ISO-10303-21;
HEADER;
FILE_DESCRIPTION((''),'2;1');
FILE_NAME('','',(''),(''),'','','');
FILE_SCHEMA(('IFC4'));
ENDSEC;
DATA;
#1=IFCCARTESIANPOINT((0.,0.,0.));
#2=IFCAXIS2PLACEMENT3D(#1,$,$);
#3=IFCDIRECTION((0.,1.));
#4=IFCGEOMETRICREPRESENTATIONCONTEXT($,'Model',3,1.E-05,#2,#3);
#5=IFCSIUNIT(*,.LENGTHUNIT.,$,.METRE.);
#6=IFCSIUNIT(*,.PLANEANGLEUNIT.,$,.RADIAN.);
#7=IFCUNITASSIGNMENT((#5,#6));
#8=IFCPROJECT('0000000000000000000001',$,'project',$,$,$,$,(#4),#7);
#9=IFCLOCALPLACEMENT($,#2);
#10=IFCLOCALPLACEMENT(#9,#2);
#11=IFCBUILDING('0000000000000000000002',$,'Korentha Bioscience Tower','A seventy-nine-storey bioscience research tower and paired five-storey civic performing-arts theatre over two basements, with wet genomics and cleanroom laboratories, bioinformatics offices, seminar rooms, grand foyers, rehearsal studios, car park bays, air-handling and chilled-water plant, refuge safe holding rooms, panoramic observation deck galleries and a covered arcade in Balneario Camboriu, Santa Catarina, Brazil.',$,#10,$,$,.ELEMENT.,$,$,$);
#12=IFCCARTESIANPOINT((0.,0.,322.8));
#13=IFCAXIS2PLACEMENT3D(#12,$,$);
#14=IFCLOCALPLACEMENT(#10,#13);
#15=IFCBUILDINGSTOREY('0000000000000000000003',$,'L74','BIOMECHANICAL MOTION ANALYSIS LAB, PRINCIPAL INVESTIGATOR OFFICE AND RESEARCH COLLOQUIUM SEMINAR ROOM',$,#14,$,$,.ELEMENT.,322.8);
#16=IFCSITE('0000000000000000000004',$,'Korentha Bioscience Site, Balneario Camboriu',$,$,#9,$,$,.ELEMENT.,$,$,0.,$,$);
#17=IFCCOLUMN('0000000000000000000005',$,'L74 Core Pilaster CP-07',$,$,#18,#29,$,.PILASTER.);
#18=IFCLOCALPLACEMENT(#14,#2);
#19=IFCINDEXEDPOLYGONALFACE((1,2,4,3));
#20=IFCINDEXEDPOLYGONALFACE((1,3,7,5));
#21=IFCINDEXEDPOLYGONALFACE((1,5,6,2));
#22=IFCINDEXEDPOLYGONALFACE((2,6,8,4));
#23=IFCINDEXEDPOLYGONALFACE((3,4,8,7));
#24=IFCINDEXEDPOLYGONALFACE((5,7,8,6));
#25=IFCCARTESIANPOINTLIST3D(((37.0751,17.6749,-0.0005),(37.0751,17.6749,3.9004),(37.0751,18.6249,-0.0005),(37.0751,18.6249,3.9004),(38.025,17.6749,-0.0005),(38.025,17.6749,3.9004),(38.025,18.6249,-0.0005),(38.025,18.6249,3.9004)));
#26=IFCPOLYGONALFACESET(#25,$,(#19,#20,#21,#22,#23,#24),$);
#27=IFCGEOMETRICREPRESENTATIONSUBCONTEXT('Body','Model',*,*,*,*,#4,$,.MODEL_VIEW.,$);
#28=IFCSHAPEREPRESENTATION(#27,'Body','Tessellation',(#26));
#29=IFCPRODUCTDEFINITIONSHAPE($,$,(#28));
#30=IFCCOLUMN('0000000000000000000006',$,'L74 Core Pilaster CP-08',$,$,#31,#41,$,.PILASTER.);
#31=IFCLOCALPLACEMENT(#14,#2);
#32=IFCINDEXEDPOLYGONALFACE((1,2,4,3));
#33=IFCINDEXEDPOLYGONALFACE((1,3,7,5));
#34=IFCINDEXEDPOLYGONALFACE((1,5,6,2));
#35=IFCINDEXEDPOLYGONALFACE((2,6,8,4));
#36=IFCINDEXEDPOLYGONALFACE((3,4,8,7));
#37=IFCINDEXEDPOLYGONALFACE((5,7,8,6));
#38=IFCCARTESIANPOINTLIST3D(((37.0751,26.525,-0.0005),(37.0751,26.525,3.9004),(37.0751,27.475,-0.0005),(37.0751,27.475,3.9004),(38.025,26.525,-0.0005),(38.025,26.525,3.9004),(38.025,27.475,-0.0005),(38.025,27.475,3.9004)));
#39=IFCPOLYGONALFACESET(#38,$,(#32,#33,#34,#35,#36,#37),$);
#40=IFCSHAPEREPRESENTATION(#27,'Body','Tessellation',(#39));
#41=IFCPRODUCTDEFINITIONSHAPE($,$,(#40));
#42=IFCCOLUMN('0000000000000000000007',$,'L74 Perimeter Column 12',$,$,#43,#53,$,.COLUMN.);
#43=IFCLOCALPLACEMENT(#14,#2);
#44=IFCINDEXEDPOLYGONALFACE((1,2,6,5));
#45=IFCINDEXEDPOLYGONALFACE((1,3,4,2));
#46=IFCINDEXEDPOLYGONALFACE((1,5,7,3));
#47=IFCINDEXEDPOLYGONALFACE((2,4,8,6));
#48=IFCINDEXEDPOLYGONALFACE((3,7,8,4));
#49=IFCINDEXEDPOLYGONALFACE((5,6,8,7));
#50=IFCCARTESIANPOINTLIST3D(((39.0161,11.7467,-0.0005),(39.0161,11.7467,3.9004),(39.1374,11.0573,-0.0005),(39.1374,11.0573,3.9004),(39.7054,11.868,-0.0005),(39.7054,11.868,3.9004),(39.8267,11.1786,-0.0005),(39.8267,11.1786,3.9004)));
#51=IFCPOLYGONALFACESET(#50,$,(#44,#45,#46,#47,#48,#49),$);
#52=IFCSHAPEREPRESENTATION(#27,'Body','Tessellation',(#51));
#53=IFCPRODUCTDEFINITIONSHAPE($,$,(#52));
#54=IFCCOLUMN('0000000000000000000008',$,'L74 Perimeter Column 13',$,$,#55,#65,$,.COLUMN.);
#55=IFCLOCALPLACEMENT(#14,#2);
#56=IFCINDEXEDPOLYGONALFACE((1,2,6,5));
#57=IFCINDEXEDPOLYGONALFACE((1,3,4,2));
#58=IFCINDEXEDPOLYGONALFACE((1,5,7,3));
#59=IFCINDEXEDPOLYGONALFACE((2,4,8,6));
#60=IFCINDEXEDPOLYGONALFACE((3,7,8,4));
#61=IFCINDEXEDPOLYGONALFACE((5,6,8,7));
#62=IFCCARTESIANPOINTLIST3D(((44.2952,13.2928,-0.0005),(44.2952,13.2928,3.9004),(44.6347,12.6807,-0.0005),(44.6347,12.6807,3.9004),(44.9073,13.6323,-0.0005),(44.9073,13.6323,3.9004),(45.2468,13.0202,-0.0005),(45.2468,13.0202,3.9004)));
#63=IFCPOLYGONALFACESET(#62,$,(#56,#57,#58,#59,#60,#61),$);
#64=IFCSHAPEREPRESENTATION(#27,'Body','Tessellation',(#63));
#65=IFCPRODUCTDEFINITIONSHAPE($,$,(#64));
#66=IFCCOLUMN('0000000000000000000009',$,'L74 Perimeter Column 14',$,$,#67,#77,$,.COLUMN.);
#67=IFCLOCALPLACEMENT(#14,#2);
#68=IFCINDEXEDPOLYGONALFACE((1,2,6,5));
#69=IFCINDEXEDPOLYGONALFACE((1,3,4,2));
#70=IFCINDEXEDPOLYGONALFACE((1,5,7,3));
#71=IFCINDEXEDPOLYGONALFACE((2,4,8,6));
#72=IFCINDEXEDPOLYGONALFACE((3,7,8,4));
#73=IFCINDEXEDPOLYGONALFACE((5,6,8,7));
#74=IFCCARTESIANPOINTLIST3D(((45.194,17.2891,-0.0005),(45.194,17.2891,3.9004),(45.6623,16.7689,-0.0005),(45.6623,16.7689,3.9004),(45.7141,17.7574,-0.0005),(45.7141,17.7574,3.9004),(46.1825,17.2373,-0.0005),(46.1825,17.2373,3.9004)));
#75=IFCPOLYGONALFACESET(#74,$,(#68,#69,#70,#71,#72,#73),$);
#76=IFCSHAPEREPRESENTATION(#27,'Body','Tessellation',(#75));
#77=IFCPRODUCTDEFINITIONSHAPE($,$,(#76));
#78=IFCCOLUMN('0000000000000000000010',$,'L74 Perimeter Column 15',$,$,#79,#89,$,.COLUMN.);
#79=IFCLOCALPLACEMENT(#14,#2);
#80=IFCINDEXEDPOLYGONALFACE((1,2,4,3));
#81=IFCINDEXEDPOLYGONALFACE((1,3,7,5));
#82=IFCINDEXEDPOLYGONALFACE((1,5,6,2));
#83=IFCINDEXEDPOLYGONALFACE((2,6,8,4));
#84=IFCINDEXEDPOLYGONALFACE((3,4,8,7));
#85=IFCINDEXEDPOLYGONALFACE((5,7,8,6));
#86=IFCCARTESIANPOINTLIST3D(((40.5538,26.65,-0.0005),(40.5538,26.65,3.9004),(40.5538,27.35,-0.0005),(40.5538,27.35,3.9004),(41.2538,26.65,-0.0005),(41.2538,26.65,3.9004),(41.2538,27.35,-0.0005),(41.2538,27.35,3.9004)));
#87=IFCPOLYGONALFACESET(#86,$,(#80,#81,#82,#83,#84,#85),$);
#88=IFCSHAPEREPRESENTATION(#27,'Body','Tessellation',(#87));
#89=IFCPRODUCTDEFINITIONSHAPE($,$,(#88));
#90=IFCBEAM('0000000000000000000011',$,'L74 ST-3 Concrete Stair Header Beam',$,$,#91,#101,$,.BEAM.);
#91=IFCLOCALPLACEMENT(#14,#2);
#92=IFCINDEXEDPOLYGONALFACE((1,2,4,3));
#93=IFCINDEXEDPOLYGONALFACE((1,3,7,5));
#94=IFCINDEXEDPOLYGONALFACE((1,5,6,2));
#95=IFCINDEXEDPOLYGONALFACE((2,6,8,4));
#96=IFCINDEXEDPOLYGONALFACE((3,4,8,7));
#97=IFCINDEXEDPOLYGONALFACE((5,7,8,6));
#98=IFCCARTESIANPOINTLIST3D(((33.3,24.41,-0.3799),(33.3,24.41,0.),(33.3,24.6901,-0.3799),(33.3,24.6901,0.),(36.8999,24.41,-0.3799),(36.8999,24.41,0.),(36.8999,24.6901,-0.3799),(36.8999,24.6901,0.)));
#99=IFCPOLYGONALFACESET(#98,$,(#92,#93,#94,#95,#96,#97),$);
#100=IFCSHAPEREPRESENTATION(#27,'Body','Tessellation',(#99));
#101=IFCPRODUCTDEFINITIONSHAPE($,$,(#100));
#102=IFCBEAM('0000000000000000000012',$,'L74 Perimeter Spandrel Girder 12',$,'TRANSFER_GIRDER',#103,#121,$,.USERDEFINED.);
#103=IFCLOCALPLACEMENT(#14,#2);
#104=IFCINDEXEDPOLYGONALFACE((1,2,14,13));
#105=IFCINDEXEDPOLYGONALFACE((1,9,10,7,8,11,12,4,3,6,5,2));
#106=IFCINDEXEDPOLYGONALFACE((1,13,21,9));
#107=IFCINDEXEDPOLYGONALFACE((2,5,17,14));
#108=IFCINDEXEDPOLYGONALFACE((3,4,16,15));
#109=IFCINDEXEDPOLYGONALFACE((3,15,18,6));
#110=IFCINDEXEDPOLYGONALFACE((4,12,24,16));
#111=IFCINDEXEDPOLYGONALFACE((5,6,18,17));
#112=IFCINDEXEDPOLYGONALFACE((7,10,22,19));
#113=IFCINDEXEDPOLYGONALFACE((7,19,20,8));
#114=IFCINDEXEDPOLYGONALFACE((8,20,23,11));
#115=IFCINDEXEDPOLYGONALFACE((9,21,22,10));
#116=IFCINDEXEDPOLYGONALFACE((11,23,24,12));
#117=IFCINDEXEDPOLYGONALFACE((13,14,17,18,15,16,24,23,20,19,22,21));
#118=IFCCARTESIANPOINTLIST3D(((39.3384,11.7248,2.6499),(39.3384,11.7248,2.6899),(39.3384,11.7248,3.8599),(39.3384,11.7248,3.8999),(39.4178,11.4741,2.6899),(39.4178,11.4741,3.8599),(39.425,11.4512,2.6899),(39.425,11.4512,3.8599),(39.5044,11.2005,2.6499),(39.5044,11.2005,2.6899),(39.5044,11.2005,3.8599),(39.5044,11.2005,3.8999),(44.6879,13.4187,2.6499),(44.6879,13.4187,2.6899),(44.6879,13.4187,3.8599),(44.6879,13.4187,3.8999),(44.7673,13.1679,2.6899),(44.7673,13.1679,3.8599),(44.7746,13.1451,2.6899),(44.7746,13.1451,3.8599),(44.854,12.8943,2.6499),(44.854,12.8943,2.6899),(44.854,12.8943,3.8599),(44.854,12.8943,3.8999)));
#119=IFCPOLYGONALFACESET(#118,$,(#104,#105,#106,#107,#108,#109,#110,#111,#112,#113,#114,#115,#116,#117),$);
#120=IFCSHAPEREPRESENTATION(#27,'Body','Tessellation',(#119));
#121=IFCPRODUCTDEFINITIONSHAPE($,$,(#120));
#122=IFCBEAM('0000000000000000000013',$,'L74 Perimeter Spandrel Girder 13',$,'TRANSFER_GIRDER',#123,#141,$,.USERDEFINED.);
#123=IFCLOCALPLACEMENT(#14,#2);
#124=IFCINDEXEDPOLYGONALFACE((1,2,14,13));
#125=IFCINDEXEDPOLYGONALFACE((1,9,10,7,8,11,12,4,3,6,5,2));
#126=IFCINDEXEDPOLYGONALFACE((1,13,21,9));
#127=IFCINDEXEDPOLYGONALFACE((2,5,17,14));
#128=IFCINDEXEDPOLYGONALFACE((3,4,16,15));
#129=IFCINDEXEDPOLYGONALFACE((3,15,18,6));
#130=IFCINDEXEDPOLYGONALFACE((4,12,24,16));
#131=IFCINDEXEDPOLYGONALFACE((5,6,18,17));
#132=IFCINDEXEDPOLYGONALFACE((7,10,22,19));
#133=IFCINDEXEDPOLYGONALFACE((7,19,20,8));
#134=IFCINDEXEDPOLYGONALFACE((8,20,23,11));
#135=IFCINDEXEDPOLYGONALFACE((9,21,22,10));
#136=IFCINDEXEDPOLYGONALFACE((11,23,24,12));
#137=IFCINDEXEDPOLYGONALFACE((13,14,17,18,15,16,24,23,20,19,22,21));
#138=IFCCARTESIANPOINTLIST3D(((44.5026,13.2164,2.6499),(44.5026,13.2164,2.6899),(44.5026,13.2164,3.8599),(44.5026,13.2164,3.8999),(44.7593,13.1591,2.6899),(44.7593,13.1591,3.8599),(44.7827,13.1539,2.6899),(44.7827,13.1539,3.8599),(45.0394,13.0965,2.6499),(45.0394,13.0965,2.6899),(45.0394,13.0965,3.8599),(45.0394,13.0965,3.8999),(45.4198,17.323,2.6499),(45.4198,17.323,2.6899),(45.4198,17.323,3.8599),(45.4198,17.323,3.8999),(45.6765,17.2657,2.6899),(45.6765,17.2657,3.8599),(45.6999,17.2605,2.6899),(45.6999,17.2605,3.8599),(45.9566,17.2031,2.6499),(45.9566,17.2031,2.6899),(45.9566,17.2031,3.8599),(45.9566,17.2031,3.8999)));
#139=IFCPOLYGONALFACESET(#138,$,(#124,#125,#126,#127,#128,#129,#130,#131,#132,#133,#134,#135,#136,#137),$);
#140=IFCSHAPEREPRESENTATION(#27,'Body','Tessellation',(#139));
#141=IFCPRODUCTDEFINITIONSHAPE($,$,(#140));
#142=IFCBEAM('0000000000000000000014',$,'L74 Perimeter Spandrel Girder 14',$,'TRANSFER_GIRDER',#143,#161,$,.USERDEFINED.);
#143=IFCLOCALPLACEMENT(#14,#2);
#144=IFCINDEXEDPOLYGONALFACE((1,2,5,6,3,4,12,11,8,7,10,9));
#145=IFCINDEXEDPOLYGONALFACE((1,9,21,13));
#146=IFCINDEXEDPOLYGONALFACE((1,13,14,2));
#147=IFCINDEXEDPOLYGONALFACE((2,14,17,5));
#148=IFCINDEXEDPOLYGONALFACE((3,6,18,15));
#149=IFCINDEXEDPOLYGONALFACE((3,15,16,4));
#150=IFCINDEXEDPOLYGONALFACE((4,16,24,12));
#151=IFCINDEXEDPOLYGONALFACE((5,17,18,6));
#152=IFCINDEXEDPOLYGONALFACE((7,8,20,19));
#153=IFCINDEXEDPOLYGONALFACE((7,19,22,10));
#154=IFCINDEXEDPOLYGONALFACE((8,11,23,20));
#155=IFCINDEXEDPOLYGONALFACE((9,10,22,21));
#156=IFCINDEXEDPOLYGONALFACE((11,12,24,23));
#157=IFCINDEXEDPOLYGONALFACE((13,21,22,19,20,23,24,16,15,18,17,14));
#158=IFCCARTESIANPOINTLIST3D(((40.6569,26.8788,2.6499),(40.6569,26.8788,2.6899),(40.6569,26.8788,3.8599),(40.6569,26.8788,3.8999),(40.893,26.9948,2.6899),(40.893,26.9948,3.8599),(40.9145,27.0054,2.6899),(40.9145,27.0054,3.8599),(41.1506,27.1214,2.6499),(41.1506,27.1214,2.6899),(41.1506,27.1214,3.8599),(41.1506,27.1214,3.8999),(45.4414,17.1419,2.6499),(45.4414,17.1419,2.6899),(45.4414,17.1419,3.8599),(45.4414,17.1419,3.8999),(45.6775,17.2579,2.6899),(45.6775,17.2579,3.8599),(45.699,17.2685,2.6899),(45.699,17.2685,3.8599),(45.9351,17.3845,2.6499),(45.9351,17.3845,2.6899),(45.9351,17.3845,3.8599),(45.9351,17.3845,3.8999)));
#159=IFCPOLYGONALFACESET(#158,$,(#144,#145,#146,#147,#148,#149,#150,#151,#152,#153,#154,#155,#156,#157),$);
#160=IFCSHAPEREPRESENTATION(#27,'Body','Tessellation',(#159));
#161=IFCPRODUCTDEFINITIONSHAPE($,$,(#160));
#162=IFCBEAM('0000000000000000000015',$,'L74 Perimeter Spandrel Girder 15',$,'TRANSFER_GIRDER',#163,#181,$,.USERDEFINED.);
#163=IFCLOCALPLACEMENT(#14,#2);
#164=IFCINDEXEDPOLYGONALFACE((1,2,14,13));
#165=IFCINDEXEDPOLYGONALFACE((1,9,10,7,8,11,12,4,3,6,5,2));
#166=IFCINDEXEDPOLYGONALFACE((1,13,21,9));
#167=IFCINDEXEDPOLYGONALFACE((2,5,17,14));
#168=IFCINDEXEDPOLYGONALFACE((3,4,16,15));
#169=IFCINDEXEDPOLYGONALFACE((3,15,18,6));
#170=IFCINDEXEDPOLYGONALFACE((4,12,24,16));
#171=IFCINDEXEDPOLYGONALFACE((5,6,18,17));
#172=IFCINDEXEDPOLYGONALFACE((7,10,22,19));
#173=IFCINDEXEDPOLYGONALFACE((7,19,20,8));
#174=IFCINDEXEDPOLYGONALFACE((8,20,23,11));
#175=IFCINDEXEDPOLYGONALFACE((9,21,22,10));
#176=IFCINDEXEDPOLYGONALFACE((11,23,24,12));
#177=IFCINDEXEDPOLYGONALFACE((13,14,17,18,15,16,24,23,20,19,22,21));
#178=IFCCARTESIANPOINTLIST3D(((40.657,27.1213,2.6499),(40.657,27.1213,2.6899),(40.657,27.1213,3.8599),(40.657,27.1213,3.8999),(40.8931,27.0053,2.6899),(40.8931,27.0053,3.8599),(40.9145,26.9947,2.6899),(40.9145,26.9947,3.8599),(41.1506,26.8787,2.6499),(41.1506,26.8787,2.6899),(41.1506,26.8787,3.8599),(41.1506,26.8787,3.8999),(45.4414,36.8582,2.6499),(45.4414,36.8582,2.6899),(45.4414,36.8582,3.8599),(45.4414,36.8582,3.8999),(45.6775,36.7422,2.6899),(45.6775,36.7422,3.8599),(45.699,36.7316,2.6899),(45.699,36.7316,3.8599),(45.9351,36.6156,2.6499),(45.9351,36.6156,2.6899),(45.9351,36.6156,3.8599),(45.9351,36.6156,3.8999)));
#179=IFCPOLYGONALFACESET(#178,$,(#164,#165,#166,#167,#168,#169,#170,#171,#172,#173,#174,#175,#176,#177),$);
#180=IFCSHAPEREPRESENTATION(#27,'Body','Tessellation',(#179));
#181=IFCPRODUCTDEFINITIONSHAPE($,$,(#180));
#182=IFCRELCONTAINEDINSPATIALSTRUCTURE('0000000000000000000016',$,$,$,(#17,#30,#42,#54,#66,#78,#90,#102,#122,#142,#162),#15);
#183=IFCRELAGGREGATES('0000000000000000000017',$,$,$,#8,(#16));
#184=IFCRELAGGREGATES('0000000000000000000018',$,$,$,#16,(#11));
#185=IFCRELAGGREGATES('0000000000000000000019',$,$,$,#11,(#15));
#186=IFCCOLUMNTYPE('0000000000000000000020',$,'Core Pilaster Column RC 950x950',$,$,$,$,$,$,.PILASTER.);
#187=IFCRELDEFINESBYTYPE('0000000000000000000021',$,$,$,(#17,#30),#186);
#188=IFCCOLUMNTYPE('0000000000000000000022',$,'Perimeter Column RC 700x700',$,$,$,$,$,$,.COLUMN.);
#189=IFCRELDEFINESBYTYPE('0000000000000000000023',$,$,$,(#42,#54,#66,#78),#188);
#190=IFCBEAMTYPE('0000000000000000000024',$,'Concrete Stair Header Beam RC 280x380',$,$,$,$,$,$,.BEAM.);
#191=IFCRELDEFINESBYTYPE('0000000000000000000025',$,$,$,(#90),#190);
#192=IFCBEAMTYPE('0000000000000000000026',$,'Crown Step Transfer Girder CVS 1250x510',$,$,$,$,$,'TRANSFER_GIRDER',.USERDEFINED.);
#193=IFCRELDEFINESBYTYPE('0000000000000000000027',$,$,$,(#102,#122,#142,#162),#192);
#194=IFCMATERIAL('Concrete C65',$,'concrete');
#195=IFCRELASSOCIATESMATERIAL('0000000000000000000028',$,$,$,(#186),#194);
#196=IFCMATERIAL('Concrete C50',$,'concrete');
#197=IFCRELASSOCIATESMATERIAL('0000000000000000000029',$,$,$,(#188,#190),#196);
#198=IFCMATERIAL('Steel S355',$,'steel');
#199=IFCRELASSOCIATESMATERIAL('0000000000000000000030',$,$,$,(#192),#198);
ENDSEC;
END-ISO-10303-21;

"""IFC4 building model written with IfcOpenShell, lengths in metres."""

from ifc_helpers import new_model, si_unit, direction, frame, origin, origin_2d, place, context, subcontext, project, spatial, rectangle, i_section, extrude, material, material_profile, profile_set, type_object, element, save


model = new_model("IFC4")

# Units and contexts
model_context = context("Model", 3, precision=1e-05, world=origin(), true_north=direction((0.0, 1.0)))
body_context = subcontext(model_context, "Body", "Model", "MODEL_VIEW")
ifc_project = project(units=[si_unit("LENGTHUNIT", "METRE"), si_unit("PLANEANGLEUNIT", "RADIAN")], contexts=[model_context])

# Site, building, storey
site_placement = place(None, origin())
site = spatial("IfcSite", under=ifc_project, at=site_placement, Name="Korentha Bioscience Site, Balneario Camboriu", CompositionType="ELEMENT", RefElevation=0.0)
building_placement = place(site_placement, origin())
building = spatial("IfcBuilding", under=site, at=building_placement, Name="Korentha Bioscience Tower", Description="A seventy-nine-storey bioscience research tower and paired five-storey civic performing-arts theatre over two basements, with wet genomics and cleanroom laboratories, bioinformatics offices, seminar rooms, grand foyers, rehearsal studios, car park bays, air-handling and chilled-water plant, refuge safe holding rooms, panoramic observation deck galleries and a covered arcade in Balneario Camboriu, Santa Catarina, Brazil.", CompositionType="ELEMENT")
storey_placement = place(building_placement, frame((0.0, 0.0, 322.8)))
storey = spatial("IfcBuildingStorey", under=building, at=storey_placement, Name="L74", Description="BIOMECHANICAL MOTION ANALYSIS LAB, PRINCIPAL INVESTIGATOR OFFICE AND RESEARCH COLLOQUIUM SEMINAR ROOM", CompositionType="ELEMENT", Elevation=322.8)

# Columns
ifc_material_1 = material(Name="Concrete C65", Category="concrete")
ifc_material_profile_1 = material_profile(ifc_material_1, rectangle(XDim=0.95, YDim=0.95, at=origin_2d()), Name="Concrete C65")
ifc_profile_set_1 = profile_set([ifc_material_profile_1], Name="Concrete C65 (COL-CP09)")
column_type_1 = type_object("IfcColumnType", Name="Core Pilaster Column RC 950x950", PredefinedType="PILASTER", material=ifc_profile_set_1)
for number, where, z_axis, x_axis, name in (
    (1, (37.55, 18.1499, -0.0005), (0.0, 0.0, 1.0), (1.0, 0.0, 0.0), "L74 Core Pilaster CP-07"),
    (2, (37.55, 27.0, -0.0005), (0.0, 0.0, 1.0), (1.0, 0.0, 0.0), "L74 Core Pilaster CP-08"),
):
    element("IfcColumn", number, at=place(storey_placement, frame(where, z_axis=z_axis, x_axis=x_axis)), inside=storey, type_object=column_type_1, Name=name, PredefinedType="PILASTER", context=body_context, shape_type="SweptSolid", body=[
        extrude(rectangle(XDim=0.95, YDim=0.95, at=origin_2d()), origin(), (0.0, 0.0, 1.0), 3.9009),
    ])
ifc_material_2 = material(Name="Concrete C50", Category="concrete")
ifc_material_profile_2 = material_profile(ifc_material_2, rectangle(XDim=0.7, YDim=0.7, at=origin_2d()), Name="Concrete C50")
ifc_profile_set_2 = profile_set([ifc_material_profile_2], Name="Concrete C50 (COL-P07)")
column_type_2 = type_object("IfcColumnType", Name="Perimeter Column RC 700x700", PredefinedType="COLUMN", material=ifc_profile_set_2)
for number, where, z_axis, x_axis, name in (
    (3, (39.4214, 11.4626, -0.0005), (0.0, 0.0, 1.0), (0.984868, 0.173304, 0.0), "L74 Perimeter Column 12"),
    (4, (44.771, 13.1565, -0.0005), (0.0, 0.0, 1.0), (0.874535, 0.484962, 0.0), "L74 Perimeter Column 13"),
    (5, (45.6882, 17.2632, -0.0005), (0.0, 0.0, 1.0), (-0.669131, 0.743145, 0.0), "L74 Perimeter Column 14"),
    (6, (40.9038, 27.0, -0.0005), (0.0, 0.0, 1.0), (0.0, 1.0, 0.0), "L74 Perimeter Column 15"),
):
    element("IfcColumn", number, at=place(storey_placement, frame(where, z_axis=z_axis, x_axis=x_axis)), inside=storey, type_object=column_type_2, Name=name, PredefinedType="COLUMN", context=body_context, shape_type="SweptSolid", body=[
        extrude(rectangle(XDim=0.7, YDim=0.7, at=origin_2d()), origin(), (0.0, 0.0, 1.0), 3.9009),
    ])

# Beams
ifc_material_profile_3 = material_profile(ifc_material_2, rectangle(XDim=0.28, YDim=0.3799, at=origin_2d()), Name="Concrete C50")
ifc_profile_set_3 = profile_set([ifc_material_profile_3], Name="Concrete C50 (ST-HB380)")
beam_type_1 = type_object("IfcBeamType", Name="Concrete Stair Header Beam RC 280x380", PredefinedType="BEAM", material=ifc_profile_set_3)
beam_1_placement = place(storey_placement, frame((36.8999, 24.55, -0.1899), z_axis=(-1.0, 0.0, 0.0), x_axis=(0.0, -1.0, 0.0)))
element("IfcBeam", 7, at=beam_1_placement, inside=storey, type_object=beam_type_1, Name="L74 ST-3 Concrete Stair Header Beam", PredefinedType="BEAM", context=body_context, shape_type="SweptSolid", body=[
    extrude(rectangle(XDim=0.28, YDim=0.3799, at=origin_2d()), origin(), (0.0, 0.0, 1.0), 3.5999),
])
ifc_material_3 = material(Name="Steel S355", Category="steel")
ifc_material_profile_4 = material_profile(ifc_material_3, i_section(OverallWidth=0.55, OverallDepth=1.25, WebThickness=0.0239, FlangeThickness=0.04, at=origin_2d()), Name="Steel S355")
ifc_profile_set_4 = profile_set([ifc_material_profile_4], Name="Steel S355 (TG-03)")
beam_type_2 = type_object("IfcBeamType", Name="Crown Step Transfer Girder CVS 1250x510", ElementType="TRANSFER_GIRDER", PredefinedType="USERDEFINED", material=ifc_profile_set_4)
beam_2_placement = place(storey_placement, frame((39.4214, 11.4626, 3.2749), z_axis=(0.953352, 0.30186, 0.0), x_axis=(-0.30186, 0.953352, 0.0)))
element("IfcBeam", 8, at=beam_2_placement, inside=storey, type_object=beam_type_2, Name="L74 Perimeter Spandrel Girder 12", ObjectType="TRANSFER_GIRDER", PredefinedType="USERDEFINED", context=body_context, shape_type="SweptSolid", body=[
    extrude(i_section(OverallWidth=0.55, OverallDepth=1.25, WebThickness=0.0239, FlangeThickness=0.04, at=origin_2d()), origin(), (0.0, 0.0, 1.0), 5.6113),
])
beam_3_placement = place(storey_placement, frame((44.771, 13.1565, 3.2749), z_axis=(0.217981, 0.975953, 0.0), x_axis=(-0.975953, 0.217981, 0.0)))
element("IfcBeam", 9, at=beam_3_placement, inside=storey, type_object=beam_type_2, Name="L74 Perimeter Spandrel Girder 13", ObjectType="TRANSFER_GIRDER", PredefinedType="USERDEFINED", context=body_context, shape_type="SweptSolid", body=[
    extrude(i_section(OverallWidth=0.55, OverallDepth=1.25, WebThickness=0.0239, FlangeThickness=0.04, at=origin_2d()), origin(), (0.0, 0.0, 1.0), 4.2078),
])
for number, where, z_axis, x_axis, name in (
    (10, (45.6882, 17.2632, 3.2749), (-0.44101, 0.897502, 0.0), (-0.897502, -0.44101, 0.0), "L74 Perimeter Spandrel Girder 14"),
    (11, (40.9038, 27.0, 3.2749), (0.44101, 0.897502, 0.0), (-0.897502, 0.44101, 0.0), "L74 Perimeter Spandrel Girder 15"),
):
    element("IfcBeam", number, at=place(storey_placement, frame(where, z_axis=z_axis, x_axis=x_axis)), inside=storey, type_object=beam_type_2, Name=name, ObjectType="TRANSFER_GIRDER", PredefinedType="USERDEFINED", context=body_context, shape_type="SweptSolid", body=[
        extrude(i_section(OverallWidth=0.55, OverallDepth=1.25, WebThickness=0.0239, FlangeThickness=0.04, at=origin_2d()), origin(), (0.0, 0.0, 1.0), 10.8489),
    ])

save(model, "model.ifc")
